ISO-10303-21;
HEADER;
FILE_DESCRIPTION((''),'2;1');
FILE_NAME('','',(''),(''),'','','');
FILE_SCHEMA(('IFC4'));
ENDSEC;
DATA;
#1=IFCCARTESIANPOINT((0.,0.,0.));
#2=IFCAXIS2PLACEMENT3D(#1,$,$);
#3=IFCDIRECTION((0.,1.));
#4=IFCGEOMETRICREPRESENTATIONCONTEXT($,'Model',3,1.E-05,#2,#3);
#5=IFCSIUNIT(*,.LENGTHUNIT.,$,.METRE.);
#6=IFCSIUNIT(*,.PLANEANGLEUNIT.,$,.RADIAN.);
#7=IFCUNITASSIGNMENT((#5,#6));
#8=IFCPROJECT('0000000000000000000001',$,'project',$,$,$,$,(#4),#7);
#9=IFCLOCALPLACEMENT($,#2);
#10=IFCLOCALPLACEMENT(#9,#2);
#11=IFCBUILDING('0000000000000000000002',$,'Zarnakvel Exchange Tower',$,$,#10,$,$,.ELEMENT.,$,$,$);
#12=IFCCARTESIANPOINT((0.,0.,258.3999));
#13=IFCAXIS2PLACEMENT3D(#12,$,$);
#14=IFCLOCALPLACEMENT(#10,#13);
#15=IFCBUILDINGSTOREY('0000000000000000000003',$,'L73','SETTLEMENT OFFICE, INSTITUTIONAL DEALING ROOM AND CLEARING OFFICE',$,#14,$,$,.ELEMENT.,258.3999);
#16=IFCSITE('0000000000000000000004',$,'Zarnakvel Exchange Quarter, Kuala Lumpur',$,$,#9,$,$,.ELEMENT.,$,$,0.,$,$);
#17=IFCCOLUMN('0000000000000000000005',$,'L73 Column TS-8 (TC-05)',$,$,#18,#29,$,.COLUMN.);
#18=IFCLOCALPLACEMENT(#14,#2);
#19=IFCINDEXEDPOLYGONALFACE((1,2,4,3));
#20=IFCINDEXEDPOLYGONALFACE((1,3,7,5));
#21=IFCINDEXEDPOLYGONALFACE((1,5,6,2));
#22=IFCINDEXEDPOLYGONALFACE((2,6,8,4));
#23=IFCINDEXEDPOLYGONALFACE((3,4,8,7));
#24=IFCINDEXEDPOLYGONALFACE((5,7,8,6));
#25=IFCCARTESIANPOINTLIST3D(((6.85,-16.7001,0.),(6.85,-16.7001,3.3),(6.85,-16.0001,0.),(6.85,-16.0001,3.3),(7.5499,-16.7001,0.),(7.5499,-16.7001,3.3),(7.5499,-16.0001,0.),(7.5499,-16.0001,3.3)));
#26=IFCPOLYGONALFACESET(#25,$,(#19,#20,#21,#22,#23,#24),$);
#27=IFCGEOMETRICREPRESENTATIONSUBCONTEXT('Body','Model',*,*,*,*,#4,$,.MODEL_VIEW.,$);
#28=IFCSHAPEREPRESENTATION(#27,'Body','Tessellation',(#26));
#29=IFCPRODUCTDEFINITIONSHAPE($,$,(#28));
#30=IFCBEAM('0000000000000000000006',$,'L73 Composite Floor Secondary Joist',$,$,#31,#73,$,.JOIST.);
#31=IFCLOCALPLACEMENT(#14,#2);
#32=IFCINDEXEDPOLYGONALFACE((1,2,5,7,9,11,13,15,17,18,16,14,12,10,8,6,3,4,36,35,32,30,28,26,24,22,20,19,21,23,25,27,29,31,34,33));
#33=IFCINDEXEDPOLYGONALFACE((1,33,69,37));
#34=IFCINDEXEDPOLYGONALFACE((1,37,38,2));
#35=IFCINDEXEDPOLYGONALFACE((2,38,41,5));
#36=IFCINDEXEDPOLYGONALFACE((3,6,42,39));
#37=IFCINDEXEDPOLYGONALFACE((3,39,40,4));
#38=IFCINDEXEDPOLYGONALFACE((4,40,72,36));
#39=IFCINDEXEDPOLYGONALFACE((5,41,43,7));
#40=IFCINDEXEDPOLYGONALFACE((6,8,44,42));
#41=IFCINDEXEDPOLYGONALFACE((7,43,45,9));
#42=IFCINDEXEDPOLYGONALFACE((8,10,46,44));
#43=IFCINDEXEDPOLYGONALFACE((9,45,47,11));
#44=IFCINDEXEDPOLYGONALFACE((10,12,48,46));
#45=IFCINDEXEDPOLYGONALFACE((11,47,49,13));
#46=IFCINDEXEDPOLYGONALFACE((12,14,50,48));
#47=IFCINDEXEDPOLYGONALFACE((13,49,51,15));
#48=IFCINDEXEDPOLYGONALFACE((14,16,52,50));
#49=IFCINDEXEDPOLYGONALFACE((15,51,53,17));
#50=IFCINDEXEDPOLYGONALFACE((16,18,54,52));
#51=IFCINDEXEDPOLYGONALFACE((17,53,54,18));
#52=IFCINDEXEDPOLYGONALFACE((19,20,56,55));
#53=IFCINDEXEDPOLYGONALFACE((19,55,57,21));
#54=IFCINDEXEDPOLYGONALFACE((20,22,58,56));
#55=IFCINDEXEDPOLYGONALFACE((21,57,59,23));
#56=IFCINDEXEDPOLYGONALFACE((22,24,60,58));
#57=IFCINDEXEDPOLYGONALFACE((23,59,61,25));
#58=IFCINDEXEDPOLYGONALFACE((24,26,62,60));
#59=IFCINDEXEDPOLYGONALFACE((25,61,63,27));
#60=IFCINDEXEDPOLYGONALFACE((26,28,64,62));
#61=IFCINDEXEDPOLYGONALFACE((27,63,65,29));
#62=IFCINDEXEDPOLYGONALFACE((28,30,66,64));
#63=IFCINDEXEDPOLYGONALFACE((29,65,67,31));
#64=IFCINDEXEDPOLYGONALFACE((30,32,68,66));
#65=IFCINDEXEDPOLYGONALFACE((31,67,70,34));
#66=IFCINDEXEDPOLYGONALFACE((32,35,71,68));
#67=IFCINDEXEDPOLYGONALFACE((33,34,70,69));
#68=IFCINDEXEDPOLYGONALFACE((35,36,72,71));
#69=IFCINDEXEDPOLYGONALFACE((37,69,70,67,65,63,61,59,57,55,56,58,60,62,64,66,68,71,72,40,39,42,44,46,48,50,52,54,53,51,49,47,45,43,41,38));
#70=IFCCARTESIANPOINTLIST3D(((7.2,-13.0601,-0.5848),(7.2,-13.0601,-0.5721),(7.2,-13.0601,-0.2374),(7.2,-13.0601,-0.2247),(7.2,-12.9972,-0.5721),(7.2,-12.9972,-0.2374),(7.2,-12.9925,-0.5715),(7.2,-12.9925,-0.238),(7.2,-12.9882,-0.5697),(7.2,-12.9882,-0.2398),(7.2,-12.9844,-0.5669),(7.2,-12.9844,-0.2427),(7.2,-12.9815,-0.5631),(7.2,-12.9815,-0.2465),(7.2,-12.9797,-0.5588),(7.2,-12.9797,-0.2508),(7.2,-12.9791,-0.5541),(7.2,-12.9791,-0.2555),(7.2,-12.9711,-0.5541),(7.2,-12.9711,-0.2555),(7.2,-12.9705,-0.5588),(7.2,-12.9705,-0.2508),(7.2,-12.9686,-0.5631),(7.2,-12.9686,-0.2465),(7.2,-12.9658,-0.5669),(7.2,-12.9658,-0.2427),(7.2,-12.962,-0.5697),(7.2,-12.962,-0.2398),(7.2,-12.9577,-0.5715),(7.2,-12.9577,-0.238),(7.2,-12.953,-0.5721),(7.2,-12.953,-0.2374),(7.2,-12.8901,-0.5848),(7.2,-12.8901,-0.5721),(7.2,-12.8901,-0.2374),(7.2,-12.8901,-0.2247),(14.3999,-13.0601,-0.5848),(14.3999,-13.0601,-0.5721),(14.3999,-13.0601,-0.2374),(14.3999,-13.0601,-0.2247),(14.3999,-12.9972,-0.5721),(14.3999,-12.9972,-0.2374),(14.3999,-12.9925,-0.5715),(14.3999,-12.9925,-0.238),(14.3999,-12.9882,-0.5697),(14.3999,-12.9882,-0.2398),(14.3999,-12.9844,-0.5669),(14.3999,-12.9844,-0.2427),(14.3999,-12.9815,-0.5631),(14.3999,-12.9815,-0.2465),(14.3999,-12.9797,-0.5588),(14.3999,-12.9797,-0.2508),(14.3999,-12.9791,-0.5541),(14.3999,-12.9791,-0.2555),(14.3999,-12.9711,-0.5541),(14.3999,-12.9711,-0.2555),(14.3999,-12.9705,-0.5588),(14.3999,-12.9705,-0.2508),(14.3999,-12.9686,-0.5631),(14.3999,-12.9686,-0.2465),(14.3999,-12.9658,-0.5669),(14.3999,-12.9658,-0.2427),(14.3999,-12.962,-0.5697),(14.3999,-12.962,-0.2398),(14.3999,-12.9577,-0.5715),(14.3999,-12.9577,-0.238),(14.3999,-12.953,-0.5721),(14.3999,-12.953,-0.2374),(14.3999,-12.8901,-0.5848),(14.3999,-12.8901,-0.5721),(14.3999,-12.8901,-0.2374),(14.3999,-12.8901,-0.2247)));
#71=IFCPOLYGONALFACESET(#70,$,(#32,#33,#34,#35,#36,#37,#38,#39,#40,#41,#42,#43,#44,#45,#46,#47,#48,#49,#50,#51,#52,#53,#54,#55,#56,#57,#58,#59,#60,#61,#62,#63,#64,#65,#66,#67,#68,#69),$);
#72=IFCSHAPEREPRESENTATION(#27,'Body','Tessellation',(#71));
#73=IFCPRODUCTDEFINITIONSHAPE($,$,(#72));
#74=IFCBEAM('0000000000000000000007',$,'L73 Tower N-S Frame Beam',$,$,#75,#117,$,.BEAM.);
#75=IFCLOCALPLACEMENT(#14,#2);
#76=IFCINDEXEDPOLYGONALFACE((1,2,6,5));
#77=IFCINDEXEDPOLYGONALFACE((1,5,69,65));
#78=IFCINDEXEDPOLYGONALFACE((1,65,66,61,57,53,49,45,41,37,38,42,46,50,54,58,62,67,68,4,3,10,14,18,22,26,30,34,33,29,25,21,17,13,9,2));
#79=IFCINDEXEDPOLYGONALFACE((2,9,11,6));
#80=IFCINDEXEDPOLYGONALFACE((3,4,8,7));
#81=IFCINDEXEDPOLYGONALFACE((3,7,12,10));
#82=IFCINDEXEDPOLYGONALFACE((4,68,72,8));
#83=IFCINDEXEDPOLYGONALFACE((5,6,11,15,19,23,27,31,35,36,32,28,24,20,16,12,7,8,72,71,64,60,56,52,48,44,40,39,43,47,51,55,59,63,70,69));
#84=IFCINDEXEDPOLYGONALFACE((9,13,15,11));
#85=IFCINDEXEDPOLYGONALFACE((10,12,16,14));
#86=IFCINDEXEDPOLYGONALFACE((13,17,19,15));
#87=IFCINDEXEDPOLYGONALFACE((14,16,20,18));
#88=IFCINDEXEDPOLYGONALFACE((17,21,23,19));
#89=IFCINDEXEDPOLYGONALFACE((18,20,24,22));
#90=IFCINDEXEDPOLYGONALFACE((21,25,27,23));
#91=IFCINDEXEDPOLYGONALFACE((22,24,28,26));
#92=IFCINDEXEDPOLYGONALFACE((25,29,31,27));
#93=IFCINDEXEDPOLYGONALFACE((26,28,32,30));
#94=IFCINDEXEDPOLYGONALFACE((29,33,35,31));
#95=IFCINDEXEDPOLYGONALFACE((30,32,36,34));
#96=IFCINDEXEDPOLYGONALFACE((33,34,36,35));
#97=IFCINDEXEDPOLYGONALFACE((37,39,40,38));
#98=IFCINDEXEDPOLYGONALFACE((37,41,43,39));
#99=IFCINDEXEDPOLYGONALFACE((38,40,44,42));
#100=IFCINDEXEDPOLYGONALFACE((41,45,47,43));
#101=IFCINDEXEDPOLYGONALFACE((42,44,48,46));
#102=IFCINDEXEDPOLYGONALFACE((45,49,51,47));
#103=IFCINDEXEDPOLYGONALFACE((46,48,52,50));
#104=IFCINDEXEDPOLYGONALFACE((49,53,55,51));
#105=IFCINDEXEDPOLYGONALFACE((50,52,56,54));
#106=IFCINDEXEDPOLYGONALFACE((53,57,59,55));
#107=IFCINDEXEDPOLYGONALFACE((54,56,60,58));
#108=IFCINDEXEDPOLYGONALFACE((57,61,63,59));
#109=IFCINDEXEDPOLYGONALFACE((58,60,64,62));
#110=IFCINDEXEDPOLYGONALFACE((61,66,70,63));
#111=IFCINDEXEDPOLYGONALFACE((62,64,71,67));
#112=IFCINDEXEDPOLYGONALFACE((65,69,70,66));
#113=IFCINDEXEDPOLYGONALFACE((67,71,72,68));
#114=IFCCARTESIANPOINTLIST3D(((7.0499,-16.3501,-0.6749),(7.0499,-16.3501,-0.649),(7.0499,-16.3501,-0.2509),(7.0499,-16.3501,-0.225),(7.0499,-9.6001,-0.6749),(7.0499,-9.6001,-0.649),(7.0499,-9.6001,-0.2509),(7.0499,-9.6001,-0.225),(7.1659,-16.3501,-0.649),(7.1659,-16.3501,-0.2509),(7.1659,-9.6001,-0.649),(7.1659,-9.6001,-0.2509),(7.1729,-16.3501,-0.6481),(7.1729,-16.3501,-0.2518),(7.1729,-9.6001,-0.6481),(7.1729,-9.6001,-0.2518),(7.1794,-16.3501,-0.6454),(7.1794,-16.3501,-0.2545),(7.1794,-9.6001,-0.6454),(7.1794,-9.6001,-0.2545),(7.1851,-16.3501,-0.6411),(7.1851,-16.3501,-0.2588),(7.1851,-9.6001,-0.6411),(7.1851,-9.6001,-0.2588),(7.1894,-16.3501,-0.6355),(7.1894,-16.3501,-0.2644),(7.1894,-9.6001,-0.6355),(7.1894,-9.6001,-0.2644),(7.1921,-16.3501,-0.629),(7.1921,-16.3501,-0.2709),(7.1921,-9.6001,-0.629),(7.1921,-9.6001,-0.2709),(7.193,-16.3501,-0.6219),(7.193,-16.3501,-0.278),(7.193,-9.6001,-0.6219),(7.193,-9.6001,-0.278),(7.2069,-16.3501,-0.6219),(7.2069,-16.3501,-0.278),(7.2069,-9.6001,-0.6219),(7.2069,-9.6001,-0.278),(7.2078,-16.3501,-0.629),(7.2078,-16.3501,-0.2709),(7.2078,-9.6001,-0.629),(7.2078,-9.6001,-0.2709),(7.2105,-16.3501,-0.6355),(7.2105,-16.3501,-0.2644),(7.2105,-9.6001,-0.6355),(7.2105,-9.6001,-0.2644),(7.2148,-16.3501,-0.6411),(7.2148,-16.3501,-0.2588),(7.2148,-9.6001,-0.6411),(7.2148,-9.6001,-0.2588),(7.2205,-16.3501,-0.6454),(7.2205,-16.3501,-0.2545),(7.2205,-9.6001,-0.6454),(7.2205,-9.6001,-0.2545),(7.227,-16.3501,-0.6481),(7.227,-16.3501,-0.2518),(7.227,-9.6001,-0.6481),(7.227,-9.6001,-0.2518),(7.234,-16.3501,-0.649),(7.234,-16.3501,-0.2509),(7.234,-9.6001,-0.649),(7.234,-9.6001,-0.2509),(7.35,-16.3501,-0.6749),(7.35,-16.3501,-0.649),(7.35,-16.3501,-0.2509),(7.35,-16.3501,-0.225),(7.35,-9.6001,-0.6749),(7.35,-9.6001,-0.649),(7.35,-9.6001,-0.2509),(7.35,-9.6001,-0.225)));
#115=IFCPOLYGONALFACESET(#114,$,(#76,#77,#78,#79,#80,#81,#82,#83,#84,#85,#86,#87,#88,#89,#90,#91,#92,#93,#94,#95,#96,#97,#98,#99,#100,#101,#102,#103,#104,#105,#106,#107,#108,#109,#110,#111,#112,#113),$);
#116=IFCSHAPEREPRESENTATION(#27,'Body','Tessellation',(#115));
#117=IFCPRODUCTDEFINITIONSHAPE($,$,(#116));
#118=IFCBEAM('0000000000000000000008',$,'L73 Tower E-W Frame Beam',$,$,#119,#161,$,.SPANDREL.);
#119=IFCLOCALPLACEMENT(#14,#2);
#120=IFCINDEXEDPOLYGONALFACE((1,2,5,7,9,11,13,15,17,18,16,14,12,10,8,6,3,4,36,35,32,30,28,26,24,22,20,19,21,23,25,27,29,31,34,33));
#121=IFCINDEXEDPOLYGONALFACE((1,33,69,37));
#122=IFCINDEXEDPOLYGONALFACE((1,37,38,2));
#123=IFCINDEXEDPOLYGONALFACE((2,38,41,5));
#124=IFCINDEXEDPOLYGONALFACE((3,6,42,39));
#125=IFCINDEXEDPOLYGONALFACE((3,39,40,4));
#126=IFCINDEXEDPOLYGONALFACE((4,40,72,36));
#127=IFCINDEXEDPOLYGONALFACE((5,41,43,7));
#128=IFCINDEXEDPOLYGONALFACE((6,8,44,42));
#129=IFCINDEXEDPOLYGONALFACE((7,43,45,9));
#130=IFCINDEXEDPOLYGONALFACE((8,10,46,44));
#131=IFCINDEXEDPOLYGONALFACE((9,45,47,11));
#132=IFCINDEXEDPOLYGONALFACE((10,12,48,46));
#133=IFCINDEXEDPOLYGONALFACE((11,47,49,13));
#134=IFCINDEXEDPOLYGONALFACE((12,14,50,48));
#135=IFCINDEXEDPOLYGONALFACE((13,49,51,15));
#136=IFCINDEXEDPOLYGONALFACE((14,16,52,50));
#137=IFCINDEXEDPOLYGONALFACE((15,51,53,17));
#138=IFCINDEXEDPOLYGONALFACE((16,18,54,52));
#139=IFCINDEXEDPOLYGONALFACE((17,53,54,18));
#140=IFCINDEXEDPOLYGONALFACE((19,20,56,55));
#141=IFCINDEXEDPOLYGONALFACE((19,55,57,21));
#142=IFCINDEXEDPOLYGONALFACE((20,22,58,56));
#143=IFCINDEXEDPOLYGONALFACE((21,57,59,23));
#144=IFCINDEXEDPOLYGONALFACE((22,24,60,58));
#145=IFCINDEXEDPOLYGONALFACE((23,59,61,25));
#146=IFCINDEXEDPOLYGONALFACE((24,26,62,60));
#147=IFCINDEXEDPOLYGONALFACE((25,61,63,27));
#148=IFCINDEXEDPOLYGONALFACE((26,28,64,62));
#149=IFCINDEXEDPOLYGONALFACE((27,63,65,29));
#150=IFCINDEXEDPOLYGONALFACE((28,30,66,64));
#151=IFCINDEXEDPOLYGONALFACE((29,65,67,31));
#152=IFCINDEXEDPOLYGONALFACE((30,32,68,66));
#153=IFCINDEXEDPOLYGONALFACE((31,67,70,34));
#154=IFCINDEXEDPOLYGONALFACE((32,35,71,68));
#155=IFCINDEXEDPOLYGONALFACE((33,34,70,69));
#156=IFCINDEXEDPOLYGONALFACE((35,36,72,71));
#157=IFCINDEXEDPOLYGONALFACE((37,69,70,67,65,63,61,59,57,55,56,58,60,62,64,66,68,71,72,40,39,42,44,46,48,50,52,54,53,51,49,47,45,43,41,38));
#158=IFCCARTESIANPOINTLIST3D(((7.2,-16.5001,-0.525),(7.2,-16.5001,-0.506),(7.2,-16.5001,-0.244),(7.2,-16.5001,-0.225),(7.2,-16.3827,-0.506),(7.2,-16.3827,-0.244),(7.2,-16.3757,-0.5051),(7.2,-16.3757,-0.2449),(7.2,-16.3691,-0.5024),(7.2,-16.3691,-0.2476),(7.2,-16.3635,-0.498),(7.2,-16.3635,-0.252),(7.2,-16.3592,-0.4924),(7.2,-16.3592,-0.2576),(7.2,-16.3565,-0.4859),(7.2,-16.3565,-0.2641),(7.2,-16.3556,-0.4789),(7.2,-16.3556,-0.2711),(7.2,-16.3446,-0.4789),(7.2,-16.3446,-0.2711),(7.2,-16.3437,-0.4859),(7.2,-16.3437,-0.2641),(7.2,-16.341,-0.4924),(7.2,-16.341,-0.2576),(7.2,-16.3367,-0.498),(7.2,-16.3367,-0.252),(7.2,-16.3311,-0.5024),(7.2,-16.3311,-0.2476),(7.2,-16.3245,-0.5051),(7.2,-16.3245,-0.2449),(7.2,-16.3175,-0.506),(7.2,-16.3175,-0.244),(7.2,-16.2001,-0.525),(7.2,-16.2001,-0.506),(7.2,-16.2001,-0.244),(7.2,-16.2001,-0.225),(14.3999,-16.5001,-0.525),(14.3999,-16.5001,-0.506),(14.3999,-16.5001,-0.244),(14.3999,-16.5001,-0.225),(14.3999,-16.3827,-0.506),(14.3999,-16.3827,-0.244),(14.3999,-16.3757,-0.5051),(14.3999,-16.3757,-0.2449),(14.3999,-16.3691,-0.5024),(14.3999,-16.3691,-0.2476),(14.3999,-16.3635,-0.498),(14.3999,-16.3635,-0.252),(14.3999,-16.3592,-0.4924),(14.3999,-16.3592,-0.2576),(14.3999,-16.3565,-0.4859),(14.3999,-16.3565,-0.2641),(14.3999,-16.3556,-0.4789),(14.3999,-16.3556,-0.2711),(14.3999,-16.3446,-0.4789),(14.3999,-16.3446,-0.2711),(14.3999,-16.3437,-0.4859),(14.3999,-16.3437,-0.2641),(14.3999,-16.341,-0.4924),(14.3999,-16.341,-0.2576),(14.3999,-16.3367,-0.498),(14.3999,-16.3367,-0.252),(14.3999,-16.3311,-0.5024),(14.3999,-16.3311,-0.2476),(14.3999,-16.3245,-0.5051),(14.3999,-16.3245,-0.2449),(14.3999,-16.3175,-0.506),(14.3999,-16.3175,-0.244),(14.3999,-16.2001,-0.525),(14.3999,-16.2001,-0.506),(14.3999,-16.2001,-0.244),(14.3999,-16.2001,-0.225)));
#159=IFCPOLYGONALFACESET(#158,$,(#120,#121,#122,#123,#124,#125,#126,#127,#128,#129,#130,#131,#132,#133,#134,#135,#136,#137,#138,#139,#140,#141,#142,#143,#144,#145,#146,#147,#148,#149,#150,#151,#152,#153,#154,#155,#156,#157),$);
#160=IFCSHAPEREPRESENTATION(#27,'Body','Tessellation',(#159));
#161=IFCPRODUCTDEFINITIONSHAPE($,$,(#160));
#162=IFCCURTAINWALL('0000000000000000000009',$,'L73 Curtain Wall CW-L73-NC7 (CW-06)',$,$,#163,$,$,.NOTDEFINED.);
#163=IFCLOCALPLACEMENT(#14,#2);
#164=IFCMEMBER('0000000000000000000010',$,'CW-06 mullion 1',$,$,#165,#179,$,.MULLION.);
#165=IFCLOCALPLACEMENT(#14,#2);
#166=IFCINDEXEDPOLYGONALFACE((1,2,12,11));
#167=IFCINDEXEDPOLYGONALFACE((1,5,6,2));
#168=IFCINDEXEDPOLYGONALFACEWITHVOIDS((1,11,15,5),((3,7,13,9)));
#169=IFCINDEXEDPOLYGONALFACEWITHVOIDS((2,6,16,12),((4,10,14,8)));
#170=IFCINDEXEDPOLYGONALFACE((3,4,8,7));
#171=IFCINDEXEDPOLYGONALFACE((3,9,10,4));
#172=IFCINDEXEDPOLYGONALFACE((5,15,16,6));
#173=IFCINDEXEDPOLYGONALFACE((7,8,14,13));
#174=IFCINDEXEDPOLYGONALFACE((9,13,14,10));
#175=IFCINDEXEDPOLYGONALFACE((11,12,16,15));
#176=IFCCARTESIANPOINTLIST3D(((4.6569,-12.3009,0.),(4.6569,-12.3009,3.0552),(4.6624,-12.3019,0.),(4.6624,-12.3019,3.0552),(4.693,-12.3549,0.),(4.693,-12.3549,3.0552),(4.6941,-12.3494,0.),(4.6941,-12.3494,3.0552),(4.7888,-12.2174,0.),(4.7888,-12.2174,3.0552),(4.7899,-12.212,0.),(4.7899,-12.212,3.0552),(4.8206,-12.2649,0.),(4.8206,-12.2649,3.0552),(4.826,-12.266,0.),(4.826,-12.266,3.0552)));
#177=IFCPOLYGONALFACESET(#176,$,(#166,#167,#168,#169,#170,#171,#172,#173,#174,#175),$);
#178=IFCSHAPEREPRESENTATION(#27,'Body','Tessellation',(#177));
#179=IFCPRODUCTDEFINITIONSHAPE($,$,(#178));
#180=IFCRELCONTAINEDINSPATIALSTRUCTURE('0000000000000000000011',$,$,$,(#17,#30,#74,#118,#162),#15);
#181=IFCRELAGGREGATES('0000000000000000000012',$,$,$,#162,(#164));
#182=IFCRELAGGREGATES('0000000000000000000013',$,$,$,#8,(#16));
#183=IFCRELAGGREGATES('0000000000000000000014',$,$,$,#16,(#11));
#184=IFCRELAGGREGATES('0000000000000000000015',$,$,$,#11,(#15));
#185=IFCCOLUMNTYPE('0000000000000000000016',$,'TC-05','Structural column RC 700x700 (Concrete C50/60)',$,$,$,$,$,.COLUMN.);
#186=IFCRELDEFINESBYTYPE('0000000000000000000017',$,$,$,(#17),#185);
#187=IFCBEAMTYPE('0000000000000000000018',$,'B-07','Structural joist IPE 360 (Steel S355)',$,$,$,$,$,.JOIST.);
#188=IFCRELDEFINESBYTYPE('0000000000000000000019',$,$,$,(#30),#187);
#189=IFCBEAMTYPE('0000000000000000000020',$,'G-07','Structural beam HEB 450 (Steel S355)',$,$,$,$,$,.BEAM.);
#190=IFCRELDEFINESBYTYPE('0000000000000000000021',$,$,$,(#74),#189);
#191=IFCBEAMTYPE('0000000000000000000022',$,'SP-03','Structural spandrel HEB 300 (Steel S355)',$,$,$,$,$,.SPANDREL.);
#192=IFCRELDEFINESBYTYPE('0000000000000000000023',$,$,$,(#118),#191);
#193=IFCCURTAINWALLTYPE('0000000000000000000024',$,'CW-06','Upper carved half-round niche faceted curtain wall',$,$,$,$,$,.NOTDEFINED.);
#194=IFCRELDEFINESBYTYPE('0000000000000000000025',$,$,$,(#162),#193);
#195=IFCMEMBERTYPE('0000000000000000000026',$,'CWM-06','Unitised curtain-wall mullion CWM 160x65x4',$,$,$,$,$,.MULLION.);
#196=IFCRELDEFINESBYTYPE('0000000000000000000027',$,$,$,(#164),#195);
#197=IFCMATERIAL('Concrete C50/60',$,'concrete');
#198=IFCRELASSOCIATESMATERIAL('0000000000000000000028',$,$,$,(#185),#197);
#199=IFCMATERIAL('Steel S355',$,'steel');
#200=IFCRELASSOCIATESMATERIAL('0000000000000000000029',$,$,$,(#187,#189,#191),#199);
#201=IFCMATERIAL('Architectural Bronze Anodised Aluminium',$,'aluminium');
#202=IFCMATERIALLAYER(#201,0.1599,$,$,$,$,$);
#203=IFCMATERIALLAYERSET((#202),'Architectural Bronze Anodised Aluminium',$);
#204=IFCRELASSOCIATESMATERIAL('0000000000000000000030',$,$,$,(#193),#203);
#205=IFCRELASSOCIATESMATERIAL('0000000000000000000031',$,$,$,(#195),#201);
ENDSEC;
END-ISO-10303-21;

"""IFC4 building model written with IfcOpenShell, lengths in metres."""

from ifc_helpers import new_model, si_unit, direction, frame, origin, origin_2d, place, context, subcontext, project, spatial, rectangle, hollow_rectangle, i_section, extrude, source, transform, mapped, material, layer, layer_set, material_profile, profile_set, type_object, element, aggregate, save


model = new_model("IFC4")

# Units and contexts
model_context = context("Model", 3, precision=1e-05, world=origin(), true_north=direction((0.0, 1.0)))
body_context = subcontext(model_context, "Body", "Model", "MODEL_VIEW")
ifc_project = project(units=[si_unit("LENGTHUNIT", "METRE"), si_unit("PLANEANGLEUNIT", "RADIAN")], contexts=[model_context])

# Site, building, storey
site_placement = place(None, origin())
site = spatial("IfcSite", under=ifc_project, at=site_placement, Name="Zarnakvel Exchange Quarter, Kuala Lumpur", CompositionType="ELEMENT", RefElevation=0.0)
building_placement = place(site_placement, origin())
building = spatial("IfcBuilding", under=site, at=building_placement, Name="Zarnakvel Exchange Tower", CompositionType="ELEMENT")
storey_placement = place(building_placement, frame((0.0, 0.0, 258.3999)))
storey = spatial("IfcBuildingStorey", under=building, at=storey_placement, Name="L73", Description="SETTLEMENT OFFICE, INSTITUTIONAL DEALING ROOM AND CLEARING OFFICE", CompositionType="ELEMENT", Elevation=258.3999)

# Column
ifc_material_1 = material(Name="Concrete C50/60", Category="concrete")
ifc_material_profile_1 = material_profile(ifc_material_1, rectangle(XDim=0.7, YDim=0.7, at=origin_2d()))
ifc_profile_set_1 = profile_set([ifc_material_profile_1], Name="Concrete C50/60")
column_type = type_object("IfcColumnType", Name="TC-05", Description="Structural column RC 700x700 (Concrete C50/60)", PredefinedType="COLUMN", material=ifc_profile_set_1)
column_placement = place(storey_placement, frame((7.2, -16.3501, 0.0), z_axis=(0.0, 0.0, 1.0), x_axis=(1.0, 0.0, 0.0)))
element("IfcColumn", 1, at=column_placement, inside=storey, type_object=column_type, Name="L73 Column TS-8 (TC-05)", PredefinedType="COLUMN", context=body_context, shape_type="SweptSolid", body=[
    extrude(rectangle(XDim=0.7, YDim=0.7, at=origin_2d()), origin(), (0.0, 0.0, 1.0), 3.3),
])

# Beams
ifc_material_2 = material(Name="Steel S355", Category="steel")
ifc_material_profile_2 = material_profile(ifc_material_2, i_section(OverallWidth=0.1699, OverallDepth=0.3601, WebThickness=0.0081, FlangeThickness=0.0127, FilletRadius=0.0181, at=origin_2d()))
ifc_profile_set_2 = profile_set([ifc_material_profile_2], Name="Steel S355")
beam_type_1 = type_object("IfcBeamType", Name="B-07", Description="Structural joist IPE 360 (Steel S355)", PredefinedType="JOIST", material=ifc_profile_set_2)
beam_1_placement = place(storey_placement, frame((7.2, -12.9751, -0.4048), z_axis=(1.0, 0.0, 0.0), x_axis=(0.0, 1.0, 0.0)))
element("IfcBeam", 2, at=beam_1_placement, inside=storey, type_object=beam_type_1, Name="L73 Composite Floor Secondary Joist", PredefinedType="JOIST", context=body_context, shape_type="SweptSolid", body=[
    extrude(i_section(OverallWidth=0.1699, OverallDepth=0.3601, WebThickness=0.0081, FlangeThickness=0.0127, FilletRadius=0.0181, at=origin_2d()), origin(), (0.0, 0.0, 1.0), 7.2),
])
ifc_material_profile_3 = material_profile(ifc_material_2, i_section(OverallWidth=0.3, OverallDepth=0.45, WebThickness=0.0139, FlangeThickness=0.0259, FilletRadius=0.0271, at=origin_2d()))
ifc_profile_set_3 = profile_set([ifc_material_profile_3], Name="Steel S355")
beam_type_2 = type_object("IfcBeamType", Name="G-07", Description="Structural beam HEB 450 (Steel S355)", PredefinedType="BEAM", material=ifc_profile_set_3)
beam_2_placement = place(storey_placement, frame((7.2, -16.3501, -0.45), z_axis=(0.0, 1.0, 0.0), x_axis=(-1.0, 0.0, 0.0)))
element("IfcBeam", 3, at=beam_2_placement, inside=storey, type_object=beam_type_2, Name="L73 Tower N-S Frame Beam", PredefinedType="BEAM", context=body_context, shape_type="SweptSolid", body=[
    extrude(i_section(OverallWidth=0.3, OverallDepth=0.45, WebThickness=0.0139, FlangeThickness=0.0259, FilletRadius=0.0271, at=origin_2d()), origin(), (0.0, 0.0, 1.0), 6.75),
])
ifc_material_profile_4 = material_profile(ifc_material_2, i_section(OverallWidth=0.3, OverallDepth=0.3, WebThickness=0.011, FlangeThickness=0.019, FilletRadius=0.0271, at=origin_2d()))
ifc_profile_set_4 = profile_set([ifc_material_profile_4], Name="Steel S355")
beam_type_3 = type_object("IfcBeamType", Name="SP-03", Description="Structural spandrel HEB 300 (Steel S355)", PredefinedType="SPANDREL", material=ifc_profile_set_4)
beam_3_placement = place(storey_placement, frame((7.2, -16.3501, -0.375), z_axis=(1.0, 0.0, 0.0), x_axis=(0.0, 1.0, 0.0)))
element("IfcBeam", 4, at=beam_3_placement, inside=storey, type_object=beam_type_3, Name="L73 Tower E-W Frame Beam", PredefinedType="SPANDREL", context=body_context, shape_type="SweptSolid", body=[
    extrude(i_section(OverallWidth=0.3, OverallDepth=0.3, WebThickness=0.011, FlangeThickness=0.019, FilletRadius=0.0271, at=origin_2d()), origin(), (0.0, 0.0, 1.0), 7.2),
])

# Curtain wall, member
ifc_material_3 = material(Name="Architectural Bronze Anodised Aluminium", Category="aluminium")
ifc_layer_1 = layer(ifc_material_3, 0.1599)
ifc_layer_set_1 = layer_set([ifc_layer_1], Name="Architectural Bronze Anodised Aluminium")
curtain_wall_type = type_object("IfcCurtainWallType", Name="CW-06", Description="Upper carved half-round niche faceted curtain wall", PredefinedType="NOTDEFINED", material=ifc_layer_set_1)
curtain_wall_1_placement = place(storey_placement, origin())
curtain_wall_1 = element("IfcCurtainWall", 5, at=curtain_wall_1_placement, inside=storey, type_object=curtain_wall_type, Name="L73 Curtain Wall CW-L73-NC7 (CW-06)", PredefinedType="NOTDEFINED")
ifc_material_profile_5 = material_profile(ifc_material_3, hollow_rectangle(XDim=0.1599, YDim=0.0649, WallThickness=0.0039, at=origin_2d()))
ifc_profile_set_5 = profile_set([ifc_material_profile_5], Name="Architectural Bronze Anodised Aluminium")
member_type_1 = type_object("IfcMemberType", Name="CWM-06", Description="Unitised curtain-wall mullion CWM 160x65x4", PredefinedType="MULLION", material=ifc_profile_set_5)
shared_shape_1 = source(origin(), body_context, "Body", "SweptSolid", [
    extrude(hollow_rectangle(XDim=0.1599, YDim=0.0649, WallThickness=0.0039, at=origin_2d()), origin(), (0.0, 0.0, 1.0), 3.0552),
])
member_1_placement = place(storey_placement, frame((4.7415, -12.2834, 0.0), z_axis=(0.0, 0.0, 1.0), x_axis=(0.83147, 0.55557, 0.0)))
member_1 = element("IfcMember", 6, at=member_1_placement, type_object=member_type_1, Name="CW-06 mullion 1", PredefinedType="MULLION", context=body_context, shape_type="MappedRepresentation", body=[
    mapped(shared_shape_1, transform((0.0, 0.0, 0.0), x_axis=(1.0, 0.0, 0.0), y_axis=(0.0, 1.0, 0.0), z_axis=(0.0, 0.0, 1.0), scale=1.0)),
])

aggregate(curtain_wall_1, [member_1])

save(model, "model.ifc")
